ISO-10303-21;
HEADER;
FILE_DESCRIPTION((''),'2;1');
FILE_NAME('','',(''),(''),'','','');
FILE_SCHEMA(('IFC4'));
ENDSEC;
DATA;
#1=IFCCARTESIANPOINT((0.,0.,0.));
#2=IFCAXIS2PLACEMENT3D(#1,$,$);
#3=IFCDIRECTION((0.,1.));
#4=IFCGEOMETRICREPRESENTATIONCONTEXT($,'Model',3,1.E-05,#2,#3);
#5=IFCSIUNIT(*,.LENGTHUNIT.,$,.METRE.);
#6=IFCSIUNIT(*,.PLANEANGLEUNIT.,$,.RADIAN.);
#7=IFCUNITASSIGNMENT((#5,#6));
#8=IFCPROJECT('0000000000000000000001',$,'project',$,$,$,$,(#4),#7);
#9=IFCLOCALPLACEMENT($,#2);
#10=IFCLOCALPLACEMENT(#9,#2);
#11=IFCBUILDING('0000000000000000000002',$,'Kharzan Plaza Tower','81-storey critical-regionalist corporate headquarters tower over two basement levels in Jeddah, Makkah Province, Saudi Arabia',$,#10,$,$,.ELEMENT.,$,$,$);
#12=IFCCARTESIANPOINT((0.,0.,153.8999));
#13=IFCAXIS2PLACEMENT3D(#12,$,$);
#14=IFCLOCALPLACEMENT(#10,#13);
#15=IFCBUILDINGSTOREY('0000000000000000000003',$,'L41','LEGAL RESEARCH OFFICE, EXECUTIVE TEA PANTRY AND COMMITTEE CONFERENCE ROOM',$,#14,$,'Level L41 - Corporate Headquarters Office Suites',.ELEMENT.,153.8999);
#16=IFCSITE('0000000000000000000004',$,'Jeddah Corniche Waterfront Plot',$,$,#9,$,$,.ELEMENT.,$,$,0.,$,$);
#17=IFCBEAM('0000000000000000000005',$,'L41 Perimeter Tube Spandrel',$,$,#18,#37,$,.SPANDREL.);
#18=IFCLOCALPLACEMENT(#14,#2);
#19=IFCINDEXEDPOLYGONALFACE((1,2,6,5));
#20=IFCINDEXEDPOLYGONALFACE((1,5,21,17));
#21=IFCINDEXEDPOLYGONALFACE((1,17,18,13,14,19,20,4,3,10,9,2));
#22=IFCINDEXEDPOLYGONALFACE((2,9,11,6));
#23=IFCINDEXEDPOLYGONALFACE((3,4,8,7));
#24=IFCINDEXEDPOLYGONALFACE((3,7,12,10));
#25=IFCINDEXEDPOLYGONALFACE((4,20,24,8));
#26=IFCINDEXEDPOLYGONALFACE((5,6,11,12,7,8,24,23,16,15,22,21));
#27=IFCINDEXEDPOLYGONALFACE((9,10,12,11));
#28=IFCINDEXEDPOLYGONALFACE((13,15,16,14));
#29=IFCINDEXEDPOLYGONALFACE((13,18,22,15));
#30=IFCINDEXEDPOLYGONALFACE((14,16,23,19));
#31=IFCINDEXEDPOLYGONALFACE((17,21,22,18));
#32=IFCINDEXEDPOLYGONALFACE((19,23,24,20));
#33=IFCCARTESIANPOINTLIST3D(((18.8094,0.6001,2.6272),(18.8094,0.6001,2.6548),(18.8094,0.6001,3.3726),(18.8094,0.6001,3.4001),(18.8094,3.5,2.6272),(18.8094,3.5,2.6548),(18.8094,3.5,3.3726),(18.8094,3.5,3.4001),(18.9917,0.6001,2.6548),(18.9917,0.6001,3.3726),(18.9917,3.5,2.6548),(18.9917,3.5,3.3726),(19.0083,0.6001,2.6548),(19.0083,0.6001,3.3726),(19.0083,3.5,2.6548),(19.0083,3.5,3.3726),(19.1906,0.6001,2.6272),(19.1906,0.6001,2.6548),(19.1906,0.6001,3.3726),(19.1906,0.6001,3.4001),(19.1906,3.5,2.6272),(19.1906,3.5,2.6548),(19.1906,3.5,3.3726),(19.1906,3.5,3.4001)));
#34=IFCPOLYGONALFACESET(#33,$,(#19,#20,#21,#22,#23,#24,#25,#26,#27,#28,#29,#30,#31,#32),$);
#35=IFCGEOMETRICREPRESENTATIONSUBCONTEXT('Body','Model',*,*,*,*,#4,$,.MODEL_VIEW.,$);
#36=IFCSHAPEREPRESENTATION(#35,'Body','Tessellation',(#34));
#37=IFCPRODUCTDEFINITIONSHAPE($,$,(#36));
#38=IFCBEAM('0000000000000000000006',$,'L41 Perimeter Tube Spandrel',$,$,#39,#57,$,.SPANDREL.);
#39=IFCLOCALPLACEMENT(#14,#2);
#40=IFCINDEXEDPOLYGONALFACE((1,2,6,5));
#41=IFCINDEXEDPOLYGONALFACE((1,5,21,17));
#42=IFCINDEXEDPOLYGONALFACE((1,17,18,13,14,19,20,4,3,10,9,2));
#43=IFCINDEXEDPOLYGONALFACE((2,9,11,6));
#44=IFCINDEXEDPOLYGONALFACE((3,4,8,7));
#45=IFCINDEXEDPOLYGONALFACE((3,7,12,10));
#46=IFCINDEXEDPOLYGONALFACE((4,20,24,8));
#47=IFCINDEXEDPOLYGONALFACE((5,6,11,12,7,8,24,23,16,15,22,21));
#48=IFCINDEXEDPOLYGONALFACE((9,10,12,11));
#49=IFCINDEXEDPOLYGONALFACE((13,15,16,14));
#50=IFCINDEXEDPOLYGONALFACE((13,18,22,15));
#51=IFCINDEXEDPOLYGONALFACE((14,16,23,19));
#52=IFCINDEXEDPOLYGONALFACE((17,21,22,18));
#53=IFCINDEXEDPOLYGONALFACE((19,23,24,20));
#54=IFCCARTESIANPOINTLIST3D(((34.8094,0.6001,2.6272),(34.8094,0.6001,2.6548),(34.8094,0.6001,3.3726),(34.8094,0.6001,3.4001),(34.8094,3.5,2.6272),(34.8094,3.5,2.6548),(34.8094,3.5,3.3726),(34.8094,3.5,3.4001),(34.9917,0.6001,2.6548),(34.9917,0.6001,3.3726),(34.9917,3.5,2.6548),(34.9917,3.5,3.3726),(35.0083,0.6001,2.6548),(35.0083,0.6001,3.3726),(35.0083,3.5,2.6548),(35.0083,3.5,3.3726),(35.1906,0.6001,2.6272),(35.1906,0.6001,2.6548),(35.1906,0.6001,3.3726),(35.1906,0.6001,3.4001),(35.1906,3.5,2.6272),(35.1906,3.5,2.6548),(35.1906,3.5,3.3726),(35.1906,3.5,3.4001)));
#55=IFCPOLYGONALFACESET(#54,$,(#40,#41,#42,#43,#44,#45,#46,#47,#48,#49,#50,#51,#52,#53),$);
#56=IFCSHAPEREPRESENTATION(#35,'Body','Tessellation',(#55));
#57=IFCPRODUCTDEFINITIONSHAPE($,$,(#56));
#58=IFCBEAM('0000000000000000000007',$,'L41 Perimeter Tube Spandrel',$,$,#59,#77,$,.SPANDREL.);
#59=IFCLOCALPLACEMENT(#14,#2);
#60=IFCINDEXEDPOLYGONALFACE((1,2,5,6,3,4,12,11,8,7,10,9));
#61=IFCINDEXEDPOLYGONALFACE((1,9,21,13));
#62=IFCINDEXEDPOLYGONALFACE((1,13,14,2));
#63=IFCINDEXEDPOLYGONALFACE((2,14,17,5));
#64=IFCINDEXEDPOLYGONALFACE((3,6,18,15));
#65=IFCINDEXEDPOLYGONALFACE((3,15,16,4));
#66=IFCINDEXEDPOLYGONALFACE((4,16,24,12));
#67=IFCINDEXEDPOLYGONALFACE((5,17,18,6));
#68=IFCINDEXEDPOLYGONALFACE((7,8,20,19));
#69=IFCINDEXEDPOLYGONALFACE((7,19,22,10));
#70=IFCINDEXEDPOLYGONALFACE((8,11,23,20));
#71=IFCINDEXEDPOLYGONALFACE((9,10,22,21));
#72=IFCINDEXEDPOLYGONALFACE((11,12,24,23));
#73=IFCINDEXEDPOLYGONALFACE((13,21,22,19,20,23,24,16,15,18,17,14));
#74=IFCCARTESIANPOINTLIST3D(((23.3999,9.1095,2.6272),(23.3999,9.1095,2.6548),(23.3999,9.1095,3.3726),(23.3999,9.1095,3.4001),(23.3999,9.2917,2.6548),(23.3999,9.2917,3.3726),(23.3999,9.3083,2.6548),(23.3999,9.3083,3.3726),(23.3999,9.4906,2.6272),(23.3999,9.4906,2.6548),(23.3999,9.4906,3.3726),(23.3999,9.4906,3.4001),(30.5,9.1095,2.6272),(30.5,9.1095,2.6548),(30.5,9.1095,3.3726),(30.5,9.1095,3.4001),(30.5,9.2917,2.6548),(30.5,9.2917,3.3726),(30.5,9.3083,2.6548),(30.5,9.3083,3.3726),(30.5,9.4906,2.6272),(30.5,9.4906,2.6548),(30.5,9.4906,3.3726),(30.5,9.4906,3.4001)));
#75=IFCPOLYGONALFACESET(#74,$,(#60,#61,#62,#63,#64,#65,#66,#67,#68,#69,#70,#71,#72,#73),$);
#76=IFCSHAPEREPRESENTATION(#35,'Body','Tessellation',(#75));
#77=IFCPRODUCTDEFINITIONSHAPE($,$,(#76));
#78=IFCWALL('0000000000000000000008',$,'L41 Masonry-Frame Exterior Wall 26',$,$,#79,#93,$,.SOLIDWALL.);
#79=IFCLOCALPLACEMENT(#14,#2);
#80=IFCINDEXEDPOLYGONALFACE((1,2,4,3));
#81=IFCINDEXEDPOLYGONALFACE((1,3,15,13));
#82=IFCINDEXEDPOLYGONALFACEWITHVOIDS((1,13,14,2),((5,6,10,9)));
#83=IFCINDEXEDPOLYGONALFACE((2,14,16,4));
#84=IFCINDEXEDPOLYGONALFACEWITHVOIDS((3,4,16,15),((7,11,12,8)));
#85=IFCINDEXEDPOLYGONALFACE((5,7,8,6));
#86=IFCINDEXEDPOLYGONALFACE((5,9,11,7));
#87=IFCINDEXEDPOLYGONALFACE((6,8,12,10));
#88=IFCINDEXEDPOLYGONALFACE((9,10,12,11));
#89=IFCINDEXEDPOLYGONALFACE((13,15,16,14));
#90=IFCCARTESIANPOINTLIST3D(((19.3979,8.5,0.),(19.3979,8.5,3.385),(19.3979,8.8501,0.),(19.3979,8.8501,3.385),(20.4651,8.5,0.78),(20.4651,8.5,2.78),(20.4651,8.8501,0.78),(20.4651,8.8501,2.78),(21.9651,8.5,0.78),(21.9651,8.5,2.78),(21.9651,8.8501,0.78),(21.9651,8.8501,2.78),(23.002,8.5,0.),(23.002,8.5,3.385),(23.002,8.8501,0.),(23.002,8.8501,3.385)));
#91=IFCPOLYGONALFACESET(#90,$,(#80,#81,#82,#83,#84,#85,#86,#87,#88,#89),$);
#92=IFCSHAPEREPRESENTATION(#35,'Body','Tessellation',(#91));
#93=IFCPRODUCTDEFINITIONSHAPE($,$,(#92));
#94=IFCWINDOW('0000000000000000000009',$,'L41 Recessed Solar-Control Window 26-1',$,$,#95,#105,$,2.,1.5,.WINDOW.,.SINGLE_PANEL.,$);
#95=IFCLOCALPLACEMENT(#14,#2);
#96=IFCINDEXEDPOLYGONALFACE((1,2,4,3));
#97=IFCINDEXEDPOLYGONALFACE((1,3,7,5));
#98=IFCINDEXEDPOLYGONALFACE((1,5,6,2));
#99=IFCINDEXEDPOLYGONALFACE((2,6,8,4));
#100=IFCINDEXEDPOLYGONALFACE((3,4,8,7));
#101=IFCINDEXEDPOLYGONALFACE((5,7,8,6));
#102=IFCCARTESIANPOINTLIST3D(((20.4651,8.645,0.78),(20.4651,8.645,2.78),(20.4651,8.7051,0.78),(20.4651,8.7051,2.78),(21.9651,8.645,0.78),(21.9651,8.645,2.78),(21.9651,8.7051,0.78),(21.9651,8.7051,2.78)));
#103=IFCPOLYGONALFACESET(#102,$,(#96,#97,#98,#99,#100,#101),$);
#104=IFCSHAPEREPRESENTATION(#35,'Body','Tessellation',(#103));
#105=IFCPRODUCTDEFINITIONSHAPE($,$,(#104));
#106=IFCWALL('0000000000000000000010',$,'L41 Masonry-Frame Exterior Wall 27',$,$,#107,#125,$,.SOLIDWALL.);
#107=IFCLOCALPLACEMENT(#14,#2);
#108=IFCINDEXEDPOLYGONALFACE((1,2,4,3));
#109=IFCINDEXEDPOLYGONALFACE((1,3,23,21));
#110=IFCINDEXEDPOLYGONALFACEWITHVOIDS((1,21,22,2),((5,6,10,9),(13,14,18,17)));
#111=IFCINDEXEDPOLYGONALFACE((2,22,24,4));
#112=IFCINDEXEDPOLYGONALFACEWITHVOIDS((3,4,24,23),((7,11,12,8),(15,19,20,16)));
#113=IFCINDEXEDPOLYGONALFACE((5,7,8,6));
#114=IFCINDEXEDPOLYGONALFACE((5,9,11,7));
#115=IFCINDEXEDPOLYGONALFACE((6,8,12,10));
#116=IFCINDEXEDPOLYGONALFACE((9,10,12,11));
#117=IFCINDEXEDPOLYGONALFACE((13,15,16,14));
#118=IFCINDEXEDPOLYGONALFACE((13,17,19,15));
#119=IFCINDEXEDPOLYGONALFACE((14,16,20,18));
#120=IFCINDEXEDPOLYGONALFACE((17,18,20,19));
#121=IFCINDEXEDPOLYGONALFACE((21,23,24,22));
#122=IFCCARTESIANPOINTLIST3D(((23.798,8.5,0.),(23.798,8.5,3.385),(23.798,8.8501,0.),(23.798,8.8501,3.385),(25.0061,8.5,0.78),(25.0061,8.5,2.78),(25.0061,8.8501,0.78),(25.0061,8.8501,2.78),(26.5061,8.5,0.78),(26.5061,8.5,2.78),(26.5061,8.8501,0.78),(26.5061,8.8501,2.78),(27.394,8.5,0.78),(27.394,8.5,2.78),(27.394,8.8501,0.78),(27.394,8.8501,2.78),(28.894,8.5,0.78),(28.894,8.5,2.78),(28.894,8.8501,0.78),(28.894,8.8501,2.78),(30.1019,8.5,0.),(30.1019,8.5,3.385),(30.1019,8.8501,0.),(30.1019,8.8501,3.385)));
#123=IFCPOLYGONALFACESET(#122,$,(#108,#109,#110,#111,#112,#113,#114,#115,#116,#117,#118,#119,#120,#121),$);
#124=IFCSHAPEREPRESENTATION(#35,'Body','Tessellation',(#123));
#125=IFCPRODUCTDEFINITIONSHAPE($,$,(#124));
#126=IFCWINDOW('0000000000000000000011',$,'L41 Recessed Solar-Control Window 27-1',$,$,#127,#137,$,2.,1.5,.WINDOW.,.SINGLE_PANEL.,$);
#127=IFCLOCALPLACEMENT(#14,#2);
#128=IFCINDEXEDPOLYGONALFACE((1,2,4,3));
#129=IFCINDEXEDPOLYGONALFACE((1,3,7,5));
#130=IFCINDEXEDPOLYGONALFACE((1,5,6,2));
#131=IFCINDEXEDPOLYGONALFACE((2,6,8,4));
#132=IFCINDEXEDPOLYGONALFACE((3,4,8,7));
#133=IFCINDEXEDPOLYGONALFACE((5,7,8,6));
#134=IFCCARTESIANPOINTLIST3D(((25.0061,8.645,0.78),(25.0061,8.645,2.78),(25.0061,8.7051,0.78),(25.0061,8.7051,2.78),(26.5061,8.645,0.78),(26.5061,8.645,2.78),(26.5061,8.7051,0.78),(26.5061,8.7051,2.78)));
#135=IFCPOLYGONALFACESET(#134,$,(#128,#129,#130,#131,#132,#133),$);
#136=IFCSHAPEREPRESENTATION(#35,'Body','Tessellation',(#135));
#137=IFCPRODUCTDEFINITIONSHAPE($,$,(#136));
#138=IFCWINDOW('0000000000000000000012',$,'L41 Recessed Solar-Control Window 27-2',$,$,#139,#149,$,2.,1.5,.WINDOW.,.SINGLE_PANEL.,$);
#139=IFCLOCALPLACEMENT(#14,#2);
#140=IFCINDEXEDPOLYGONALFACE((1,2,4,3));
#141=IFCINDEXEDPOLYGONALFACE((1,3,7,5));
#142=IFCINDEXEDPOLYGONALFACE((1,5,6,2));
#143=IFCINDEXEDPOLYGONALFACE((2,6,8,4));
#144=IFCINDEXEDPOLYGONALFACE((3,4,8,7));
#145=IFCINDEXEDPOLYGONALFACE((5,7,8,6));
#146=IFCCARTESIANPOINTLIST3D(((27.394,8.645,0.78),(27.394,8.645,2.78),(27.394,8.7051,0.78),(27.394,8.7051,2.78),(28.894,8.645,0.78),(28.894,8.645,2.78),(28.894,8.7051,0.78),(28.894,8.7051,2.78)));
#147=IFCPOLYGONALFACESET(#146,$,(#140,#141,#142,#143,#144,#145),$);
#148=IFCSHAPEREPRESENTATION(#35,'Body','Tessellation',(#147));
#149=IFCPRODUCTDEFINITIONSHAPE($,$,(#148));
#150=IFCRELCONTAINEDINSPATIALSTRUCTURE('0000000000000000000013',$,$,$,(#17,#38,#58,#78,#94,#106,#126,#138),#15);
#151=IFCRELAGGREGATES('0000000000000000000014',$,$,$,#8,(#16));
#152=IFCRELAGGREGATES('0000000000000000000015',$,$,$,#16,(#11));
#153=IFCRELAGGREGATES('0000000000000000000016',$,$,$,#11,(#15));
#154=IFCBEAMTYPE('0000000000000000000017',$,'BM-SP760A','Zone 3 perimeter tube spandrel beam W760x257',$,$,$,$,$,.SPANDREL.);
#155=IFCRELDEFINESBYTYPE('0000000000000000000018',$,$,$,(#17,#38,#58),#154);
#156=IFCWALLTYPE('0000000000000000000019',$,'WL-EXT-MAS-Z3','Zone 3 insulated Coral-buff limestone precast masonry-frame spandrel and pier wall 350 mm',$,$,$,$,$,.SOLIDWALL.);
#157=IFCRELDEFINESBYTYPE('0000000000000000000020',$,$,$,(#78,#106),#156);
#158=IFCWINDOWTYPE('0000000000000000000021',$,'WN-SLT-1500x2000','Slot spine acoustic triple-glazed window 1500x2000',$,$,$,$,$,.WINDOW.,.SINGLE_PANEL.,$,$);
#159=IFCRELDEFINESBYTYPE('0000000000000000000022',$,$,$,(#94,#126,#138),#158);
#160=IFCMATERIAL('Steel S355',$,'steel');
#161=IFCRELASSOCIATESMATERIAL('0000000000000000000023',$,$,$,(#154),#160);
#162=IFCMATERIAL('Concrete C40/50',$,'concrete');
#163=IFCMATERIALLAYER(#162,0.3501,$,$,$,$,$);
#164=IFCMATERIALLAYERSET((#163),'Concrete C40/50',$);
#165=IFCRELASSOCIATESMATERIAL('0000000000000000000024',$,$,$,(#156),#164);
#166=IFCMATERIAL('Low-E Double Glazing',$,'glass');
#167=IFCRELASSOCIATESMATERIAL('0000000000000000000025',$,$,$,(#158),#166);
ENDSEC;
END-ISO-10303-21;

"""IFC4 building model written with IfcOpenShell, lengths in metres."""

from ifc_helpers import new_model, si_unit, direction, frame, frame_2d, origin, origin_2d, place, context, subcontext, project, spatial, rectangle, i_section, extrude, source, transform, mapped, material, layer, layer_set, material_profile, profile_set, type_object, element, fill, save


model = new_model("IFC4")

# Units and contexts
model_context = context("Model", 3, precision=1e-05, world=origin(), true_north=direction((0.0, 1.0)))
body_context = subcontext(model_context, "Body", "Model", "MODEL_VIEW")
ifc_project = project(units=[si_unit("LENGTHUNIT", "METRE"), si_unit("PLANEANGLEUNIT", "RADIAN")], contexts=[model_context])

# Site, building, storey
site_placement = place(None, origin())
site = spatial("IfcSite", under=ifc_project, at=site_placement, Name="Jeddah Corniche Waterfront Plot", CompositionType="ELEMENT", RefElevation=0.0)
building_placement = place(site_placement, origin())
building = spatial("IfcBuilding", under=site, at=building_placement, Name="Kharzan Plaza Tower", Description="81-storey critical-regionalist corporate headquarters tower over two basement levels in Jeddah, Makkah Province, Saudi Arabia", CompositionType="ELEMENT")
storey_placement = place(building_placement, frame((0.0, 0.0, 153.8999)))
storey = spatial("IfcBuildingStorey", under=building, at=storey_placement, Name="L41", Description="LEGAL RESEARCH OFFICE, EXECUTIVE TEA PANTRY AND COMMITTEE CONFERENCE ROOM", LongName="Level L41 - Corporate Headquarters Office Suites", CompositionType="ELEMENT", Elevation=153.8999)

# Beams
ifc_material_1 = material(Name="Steel S355", Category="steel")
ifc_material_profile_1 = material_profile(ifc_material_1, i_section(OverallWidth=0.3811, OverallDepth=0.7729, WebThickness=0.0166, FlangeThickness=0.0276, at=origin_2d()), Name="W760x257")
ifc_profile_set_1 = profile_set([ifc_material_profile_1], Name="Steel S355")
beam_type_1 = type_object("IfcBeamType", Name="BM-SP760A", Description="Zone 3 perimeter tube spandrel beam W760x257", PredefinedType="SPANDREL", material=ifc_profile_set_1)
shared_shape_1 = source(origin(), body_context, "Body", "SweptSolid", [
    extrude(i_section(OverallWidth=0.3811, OverallDepth=0.7729, WebThickness=0.0166, FlangeThickness=0.0276, at=origin_2d()), origin(), (0.0, 0.0, 1.0), 2.8999),
])
for number, where, z_axis, x_axis, name in (
    (1, (19.0, 0.6001, 3.0137), (0.0, 1.0, 0.0), (-1.0, 0.0, 0.0), "L41 Perimeter Tube Spandrel"),
    (2, (35.0, 0.6001, 3.0137), (0.0, 1.0, 0.0), (-1.0, 0.0, 0.0), "L41 Perimeter Tube Spandrel"),
):
    element("IfcBeam", number, at=place(storey_placement, frame(where, z_axis=z_axis, x_axis=x_axis)), inside=storey, type_object=beam_type_1, Name=name, PredefinedType="SPANDREL", context=body_context, shape_type="MappedRepresentation", body=[
        mapped(shared_shape_1, transform((0.0, 0.0, 0.0), x_axis=(1.0, 0.0, 0.0), y_axis=(0.0, 1.0, 0.0), z_axis=(0.0, 0.0, 1.0))),
    ])
shared_shape_2 = source(origin(), body_context, "Body", "SweptSolid", [
    extrude(i_section(OverallWidth=0.3811, OverallDepth=0.7729, WebThickness=0.0166, FlangeThickness=0.0276, at=origin_2d()), origin(), (0.0, 0.0, 1.0), 7.1001),
])
beam_1_placement = place(storey_placement, frame((23.3999, 9.3, 3.0137), z_axis=(1.0, 0.0, 0.0), x_axis=(0.0, 1.0, 0.0)))
element("IfcBeam", 3, at=beam_1_placement, inside=storey, type_object=beam_type_1, Name="L41 Perimeter Tube Spandrel", PredefinedType="SPANDREL", context=body_context, shape_type="MappedRepresentation", body=[
    mapped(shared_shape_2, transform((0.0, 0.0, 0.0), x_axis=(1.0, 0.0, 0.0), y_axis=(0.0, 1.0, 0.0), z_axis=(0.0, 0.0, 1.0))),
])

# Wall, opening, window
ifc_material_2 = material(Name="Concrete C40/50", Category="concrete")
ifc_layer_1 = layer(ifc_material_2, 0.3501)
ifc_layer_set_1 = layer_set([ifc_layer_1], Name="Concrete C40/50")
wall_type_1 = type_object("IfcWallType", Name="WL-EXT-MAS-Z3", Description="Zone 3 insulated Coral-buff limestone precast masonry-frame spandrel and pier wall 350 mm", PredefinedType="SOLIDWALL", material=ifc_layer_set_1)
wall_1_placement = place(storey_placement, frame((19.3979, 8.675, 0.0), z_axis=(0.0, 0.0, 1.0), x_axis=(1.0, 0.0, 0.0)))
wall_1 = element("IfcWall", 4, at=wall_1_placement, inside=storey, type_object=wall_type_1, Name="L41 Masonry-Frame Exterior Wall 26", PredefinedType="SOLIDWALL", context=body_context, shape_type="SweptSolid", body=[
    extrude(rectangle(XDim=3.604, YDim=0.3501, at=frame_2d((1.802, 0.0))), origin(), (0.0, 0.0, 1.0), 3.385),
])
opening_1_placement = place(wall_1_placement, frame((1.0671, 0.0, 0.78)))
opening_1 = element("IfcOpeningElement", 5, at=opening_1_placement, cuts=wall_1, PredefinedType="OPENING", context=body_context, shape_type="SweptSolid", body=[
    extrude(rectangle(XDim=1.5, YDim=2.0, at=frame_2d((0.75, 1.0))), frame((0.0, 0.1851, 0.0), z_axis=(0.0, -1.0, 0.0), x_axis=(1.0, 0.0, 0.0)), (0.0, 0.0, 1.0), 0.3701),
])
ifc_material_3 = material(Name="Low-E Double Glazing", Category="glass")
window_type = type_object("IfcWindowType", Name="WN-SLT-1500x2000", Description="Slot spine acoustic triple-glazed window 1500x2000", PartitioningType="SINGLE_PANEL", PredefinedType="WINDOW", material=ifc_material_3)
shared_shape_3 = source(origin(), body_context, "Body", "SweptSolid", [
    extrude(rectangle(XDim=1.5, YDim=2.0, at=frame_2d((0.75, 1.0))), frame((0.0, 0.03, 0.0), z_axis=(0.0, -1.0, 0.0), x_axis=(1.0, 0.0, 0.0)), (0.0, 0.0, 1.0), 0.0601),
])
window_1_placement = place(opening_1_placement, origin())
window_1 = element("IfcWindow", 6, at=window_1_placement, inside=storey, type_object=window_type, Name="L41 Recessed Solar-Control Window 26-1", OverallHeight=2.0, OverallWidth=1.5, PartitioningType="SINGLE_PANEL", PredefinedType="WINDOW", context=body_context, shape_type="MappedRepresentation", body=[
    mapped(shared_shape_3, transform((0.0, 0.0, 0.0), x_axis=(1.0, 0.0, 0.0), y_axis=(0.0, 1.0, 0.0), z_axis=(0.0, 0.0, 1.0))),
])
fill(opening_1, window_1)

# Wall, openings, windows
wall_2_placement = place(storey_placement, frame((23.7981, 8.675, 0.0), z_axis=(0.0, 0.0, 1.0), x_axis=(1.0, 0.0, 0.0)))
wall_2 = element("IfcWall", 7, at=wall_2_placement, inside=storey, type_object=wall_type_1, Name="L41 Masonry-Frame Exterior Wall 27", PredefinedType="SOLIDWALL", context=body_context, shape_type="SweptSolid", body=[
    extrude(rectangle(XDim=6.304, YDim=0.3501, at=frame_2d((3.1519, 0.0))), origin(), (0.0, 0.0, 1.0), 3.385),
])
opening_2_placement = place(wall_2_placement, frame((1.208, 0.0, 0.78)))
opening_2 = element("IfcOpeningElement", 8, at=opening_2_placement, cuts=wall_2, PredefinedType="OPENING", context=body_context, shape_type="SweptSolid", body=[
    extrude(rectangle(XDim=1.5, YDim=2.0, at=frame_2d((0.75, 1.0))), frame((0.0, 0.1851, 0.0), z_axis=(0.0, -1.0, 0.0), x_axis=(1.0, 0.0, 0.0)), (0.0, 0.0, 1.0), 0.3701),
])
opening_3_placement = place(wall_2_placement, frame((3.5959, 0.0, 0.78)))
opening_3 = element("IfcOpeningElement", 9, at=opening_3_placement, cuts=wall_2, PredefinedType="OPENING", context=body_context, shape_type="SweptSolid", body=[
    extrude(rectangle(XDim=1.5, YDim=2.0, at=frame_2d((0.75, 1.0))), frame((0.0, 0.1851, 0.0), z_axis=(0.0, -1.0, 0.0), x_axis=(1.0, 0.0, 0.0)), (0.0, 0.0, 1.0), 0.3701),
])
window_2_placement = place(opening_2_placement, origin())
window_2 = element("IfcWindow", 10, at=window_2_placement, inside=storey, type_object=window_type, Name="L41 Recessed Solar-Control Window 27-1", OverallHeight=2.0, OverallWidth=1.5, PartitioningType="SINGLE_PANEL", PredefinedType="WINDOW", context=body_context, shape_type="MappedRepresentation", body=[
    mapped(shared_shape_3, transform((0.0, 0.0, 0.0), x_axis=(1.0, 0.0, 0.0), y_axis=(0.0, 1.0, 0.0), z_axis=(0.0, 0.0, 1.0))),
])
fill(opening_2, window_2)
window_3_placement = place(opening_3_placement, origin())
window_3 = element("IfcWindow", 11, at=window_3_placement, inside=storey, type_object=window_type, Name="L41 Recessed Solar-Control Window 27-2", OverallHeight=2.0, OverallWidth=1.5, PartitioningType="SINGLE_PANEL", PredefinedType="WINDOW", context=body_context, shape_type="MappedRepresentation", body=[
    mapped(shared_shape_3, transform((0.0, 0.0, 0.0), x_axis=(1.0, 0.0, 0.0), y_axis=(0.0, 1.0, 0.0), z_axis=(0.0, 0.0, 1.0))),
])
fill(opening_3, window_3)

save(model, "model.ifc")
